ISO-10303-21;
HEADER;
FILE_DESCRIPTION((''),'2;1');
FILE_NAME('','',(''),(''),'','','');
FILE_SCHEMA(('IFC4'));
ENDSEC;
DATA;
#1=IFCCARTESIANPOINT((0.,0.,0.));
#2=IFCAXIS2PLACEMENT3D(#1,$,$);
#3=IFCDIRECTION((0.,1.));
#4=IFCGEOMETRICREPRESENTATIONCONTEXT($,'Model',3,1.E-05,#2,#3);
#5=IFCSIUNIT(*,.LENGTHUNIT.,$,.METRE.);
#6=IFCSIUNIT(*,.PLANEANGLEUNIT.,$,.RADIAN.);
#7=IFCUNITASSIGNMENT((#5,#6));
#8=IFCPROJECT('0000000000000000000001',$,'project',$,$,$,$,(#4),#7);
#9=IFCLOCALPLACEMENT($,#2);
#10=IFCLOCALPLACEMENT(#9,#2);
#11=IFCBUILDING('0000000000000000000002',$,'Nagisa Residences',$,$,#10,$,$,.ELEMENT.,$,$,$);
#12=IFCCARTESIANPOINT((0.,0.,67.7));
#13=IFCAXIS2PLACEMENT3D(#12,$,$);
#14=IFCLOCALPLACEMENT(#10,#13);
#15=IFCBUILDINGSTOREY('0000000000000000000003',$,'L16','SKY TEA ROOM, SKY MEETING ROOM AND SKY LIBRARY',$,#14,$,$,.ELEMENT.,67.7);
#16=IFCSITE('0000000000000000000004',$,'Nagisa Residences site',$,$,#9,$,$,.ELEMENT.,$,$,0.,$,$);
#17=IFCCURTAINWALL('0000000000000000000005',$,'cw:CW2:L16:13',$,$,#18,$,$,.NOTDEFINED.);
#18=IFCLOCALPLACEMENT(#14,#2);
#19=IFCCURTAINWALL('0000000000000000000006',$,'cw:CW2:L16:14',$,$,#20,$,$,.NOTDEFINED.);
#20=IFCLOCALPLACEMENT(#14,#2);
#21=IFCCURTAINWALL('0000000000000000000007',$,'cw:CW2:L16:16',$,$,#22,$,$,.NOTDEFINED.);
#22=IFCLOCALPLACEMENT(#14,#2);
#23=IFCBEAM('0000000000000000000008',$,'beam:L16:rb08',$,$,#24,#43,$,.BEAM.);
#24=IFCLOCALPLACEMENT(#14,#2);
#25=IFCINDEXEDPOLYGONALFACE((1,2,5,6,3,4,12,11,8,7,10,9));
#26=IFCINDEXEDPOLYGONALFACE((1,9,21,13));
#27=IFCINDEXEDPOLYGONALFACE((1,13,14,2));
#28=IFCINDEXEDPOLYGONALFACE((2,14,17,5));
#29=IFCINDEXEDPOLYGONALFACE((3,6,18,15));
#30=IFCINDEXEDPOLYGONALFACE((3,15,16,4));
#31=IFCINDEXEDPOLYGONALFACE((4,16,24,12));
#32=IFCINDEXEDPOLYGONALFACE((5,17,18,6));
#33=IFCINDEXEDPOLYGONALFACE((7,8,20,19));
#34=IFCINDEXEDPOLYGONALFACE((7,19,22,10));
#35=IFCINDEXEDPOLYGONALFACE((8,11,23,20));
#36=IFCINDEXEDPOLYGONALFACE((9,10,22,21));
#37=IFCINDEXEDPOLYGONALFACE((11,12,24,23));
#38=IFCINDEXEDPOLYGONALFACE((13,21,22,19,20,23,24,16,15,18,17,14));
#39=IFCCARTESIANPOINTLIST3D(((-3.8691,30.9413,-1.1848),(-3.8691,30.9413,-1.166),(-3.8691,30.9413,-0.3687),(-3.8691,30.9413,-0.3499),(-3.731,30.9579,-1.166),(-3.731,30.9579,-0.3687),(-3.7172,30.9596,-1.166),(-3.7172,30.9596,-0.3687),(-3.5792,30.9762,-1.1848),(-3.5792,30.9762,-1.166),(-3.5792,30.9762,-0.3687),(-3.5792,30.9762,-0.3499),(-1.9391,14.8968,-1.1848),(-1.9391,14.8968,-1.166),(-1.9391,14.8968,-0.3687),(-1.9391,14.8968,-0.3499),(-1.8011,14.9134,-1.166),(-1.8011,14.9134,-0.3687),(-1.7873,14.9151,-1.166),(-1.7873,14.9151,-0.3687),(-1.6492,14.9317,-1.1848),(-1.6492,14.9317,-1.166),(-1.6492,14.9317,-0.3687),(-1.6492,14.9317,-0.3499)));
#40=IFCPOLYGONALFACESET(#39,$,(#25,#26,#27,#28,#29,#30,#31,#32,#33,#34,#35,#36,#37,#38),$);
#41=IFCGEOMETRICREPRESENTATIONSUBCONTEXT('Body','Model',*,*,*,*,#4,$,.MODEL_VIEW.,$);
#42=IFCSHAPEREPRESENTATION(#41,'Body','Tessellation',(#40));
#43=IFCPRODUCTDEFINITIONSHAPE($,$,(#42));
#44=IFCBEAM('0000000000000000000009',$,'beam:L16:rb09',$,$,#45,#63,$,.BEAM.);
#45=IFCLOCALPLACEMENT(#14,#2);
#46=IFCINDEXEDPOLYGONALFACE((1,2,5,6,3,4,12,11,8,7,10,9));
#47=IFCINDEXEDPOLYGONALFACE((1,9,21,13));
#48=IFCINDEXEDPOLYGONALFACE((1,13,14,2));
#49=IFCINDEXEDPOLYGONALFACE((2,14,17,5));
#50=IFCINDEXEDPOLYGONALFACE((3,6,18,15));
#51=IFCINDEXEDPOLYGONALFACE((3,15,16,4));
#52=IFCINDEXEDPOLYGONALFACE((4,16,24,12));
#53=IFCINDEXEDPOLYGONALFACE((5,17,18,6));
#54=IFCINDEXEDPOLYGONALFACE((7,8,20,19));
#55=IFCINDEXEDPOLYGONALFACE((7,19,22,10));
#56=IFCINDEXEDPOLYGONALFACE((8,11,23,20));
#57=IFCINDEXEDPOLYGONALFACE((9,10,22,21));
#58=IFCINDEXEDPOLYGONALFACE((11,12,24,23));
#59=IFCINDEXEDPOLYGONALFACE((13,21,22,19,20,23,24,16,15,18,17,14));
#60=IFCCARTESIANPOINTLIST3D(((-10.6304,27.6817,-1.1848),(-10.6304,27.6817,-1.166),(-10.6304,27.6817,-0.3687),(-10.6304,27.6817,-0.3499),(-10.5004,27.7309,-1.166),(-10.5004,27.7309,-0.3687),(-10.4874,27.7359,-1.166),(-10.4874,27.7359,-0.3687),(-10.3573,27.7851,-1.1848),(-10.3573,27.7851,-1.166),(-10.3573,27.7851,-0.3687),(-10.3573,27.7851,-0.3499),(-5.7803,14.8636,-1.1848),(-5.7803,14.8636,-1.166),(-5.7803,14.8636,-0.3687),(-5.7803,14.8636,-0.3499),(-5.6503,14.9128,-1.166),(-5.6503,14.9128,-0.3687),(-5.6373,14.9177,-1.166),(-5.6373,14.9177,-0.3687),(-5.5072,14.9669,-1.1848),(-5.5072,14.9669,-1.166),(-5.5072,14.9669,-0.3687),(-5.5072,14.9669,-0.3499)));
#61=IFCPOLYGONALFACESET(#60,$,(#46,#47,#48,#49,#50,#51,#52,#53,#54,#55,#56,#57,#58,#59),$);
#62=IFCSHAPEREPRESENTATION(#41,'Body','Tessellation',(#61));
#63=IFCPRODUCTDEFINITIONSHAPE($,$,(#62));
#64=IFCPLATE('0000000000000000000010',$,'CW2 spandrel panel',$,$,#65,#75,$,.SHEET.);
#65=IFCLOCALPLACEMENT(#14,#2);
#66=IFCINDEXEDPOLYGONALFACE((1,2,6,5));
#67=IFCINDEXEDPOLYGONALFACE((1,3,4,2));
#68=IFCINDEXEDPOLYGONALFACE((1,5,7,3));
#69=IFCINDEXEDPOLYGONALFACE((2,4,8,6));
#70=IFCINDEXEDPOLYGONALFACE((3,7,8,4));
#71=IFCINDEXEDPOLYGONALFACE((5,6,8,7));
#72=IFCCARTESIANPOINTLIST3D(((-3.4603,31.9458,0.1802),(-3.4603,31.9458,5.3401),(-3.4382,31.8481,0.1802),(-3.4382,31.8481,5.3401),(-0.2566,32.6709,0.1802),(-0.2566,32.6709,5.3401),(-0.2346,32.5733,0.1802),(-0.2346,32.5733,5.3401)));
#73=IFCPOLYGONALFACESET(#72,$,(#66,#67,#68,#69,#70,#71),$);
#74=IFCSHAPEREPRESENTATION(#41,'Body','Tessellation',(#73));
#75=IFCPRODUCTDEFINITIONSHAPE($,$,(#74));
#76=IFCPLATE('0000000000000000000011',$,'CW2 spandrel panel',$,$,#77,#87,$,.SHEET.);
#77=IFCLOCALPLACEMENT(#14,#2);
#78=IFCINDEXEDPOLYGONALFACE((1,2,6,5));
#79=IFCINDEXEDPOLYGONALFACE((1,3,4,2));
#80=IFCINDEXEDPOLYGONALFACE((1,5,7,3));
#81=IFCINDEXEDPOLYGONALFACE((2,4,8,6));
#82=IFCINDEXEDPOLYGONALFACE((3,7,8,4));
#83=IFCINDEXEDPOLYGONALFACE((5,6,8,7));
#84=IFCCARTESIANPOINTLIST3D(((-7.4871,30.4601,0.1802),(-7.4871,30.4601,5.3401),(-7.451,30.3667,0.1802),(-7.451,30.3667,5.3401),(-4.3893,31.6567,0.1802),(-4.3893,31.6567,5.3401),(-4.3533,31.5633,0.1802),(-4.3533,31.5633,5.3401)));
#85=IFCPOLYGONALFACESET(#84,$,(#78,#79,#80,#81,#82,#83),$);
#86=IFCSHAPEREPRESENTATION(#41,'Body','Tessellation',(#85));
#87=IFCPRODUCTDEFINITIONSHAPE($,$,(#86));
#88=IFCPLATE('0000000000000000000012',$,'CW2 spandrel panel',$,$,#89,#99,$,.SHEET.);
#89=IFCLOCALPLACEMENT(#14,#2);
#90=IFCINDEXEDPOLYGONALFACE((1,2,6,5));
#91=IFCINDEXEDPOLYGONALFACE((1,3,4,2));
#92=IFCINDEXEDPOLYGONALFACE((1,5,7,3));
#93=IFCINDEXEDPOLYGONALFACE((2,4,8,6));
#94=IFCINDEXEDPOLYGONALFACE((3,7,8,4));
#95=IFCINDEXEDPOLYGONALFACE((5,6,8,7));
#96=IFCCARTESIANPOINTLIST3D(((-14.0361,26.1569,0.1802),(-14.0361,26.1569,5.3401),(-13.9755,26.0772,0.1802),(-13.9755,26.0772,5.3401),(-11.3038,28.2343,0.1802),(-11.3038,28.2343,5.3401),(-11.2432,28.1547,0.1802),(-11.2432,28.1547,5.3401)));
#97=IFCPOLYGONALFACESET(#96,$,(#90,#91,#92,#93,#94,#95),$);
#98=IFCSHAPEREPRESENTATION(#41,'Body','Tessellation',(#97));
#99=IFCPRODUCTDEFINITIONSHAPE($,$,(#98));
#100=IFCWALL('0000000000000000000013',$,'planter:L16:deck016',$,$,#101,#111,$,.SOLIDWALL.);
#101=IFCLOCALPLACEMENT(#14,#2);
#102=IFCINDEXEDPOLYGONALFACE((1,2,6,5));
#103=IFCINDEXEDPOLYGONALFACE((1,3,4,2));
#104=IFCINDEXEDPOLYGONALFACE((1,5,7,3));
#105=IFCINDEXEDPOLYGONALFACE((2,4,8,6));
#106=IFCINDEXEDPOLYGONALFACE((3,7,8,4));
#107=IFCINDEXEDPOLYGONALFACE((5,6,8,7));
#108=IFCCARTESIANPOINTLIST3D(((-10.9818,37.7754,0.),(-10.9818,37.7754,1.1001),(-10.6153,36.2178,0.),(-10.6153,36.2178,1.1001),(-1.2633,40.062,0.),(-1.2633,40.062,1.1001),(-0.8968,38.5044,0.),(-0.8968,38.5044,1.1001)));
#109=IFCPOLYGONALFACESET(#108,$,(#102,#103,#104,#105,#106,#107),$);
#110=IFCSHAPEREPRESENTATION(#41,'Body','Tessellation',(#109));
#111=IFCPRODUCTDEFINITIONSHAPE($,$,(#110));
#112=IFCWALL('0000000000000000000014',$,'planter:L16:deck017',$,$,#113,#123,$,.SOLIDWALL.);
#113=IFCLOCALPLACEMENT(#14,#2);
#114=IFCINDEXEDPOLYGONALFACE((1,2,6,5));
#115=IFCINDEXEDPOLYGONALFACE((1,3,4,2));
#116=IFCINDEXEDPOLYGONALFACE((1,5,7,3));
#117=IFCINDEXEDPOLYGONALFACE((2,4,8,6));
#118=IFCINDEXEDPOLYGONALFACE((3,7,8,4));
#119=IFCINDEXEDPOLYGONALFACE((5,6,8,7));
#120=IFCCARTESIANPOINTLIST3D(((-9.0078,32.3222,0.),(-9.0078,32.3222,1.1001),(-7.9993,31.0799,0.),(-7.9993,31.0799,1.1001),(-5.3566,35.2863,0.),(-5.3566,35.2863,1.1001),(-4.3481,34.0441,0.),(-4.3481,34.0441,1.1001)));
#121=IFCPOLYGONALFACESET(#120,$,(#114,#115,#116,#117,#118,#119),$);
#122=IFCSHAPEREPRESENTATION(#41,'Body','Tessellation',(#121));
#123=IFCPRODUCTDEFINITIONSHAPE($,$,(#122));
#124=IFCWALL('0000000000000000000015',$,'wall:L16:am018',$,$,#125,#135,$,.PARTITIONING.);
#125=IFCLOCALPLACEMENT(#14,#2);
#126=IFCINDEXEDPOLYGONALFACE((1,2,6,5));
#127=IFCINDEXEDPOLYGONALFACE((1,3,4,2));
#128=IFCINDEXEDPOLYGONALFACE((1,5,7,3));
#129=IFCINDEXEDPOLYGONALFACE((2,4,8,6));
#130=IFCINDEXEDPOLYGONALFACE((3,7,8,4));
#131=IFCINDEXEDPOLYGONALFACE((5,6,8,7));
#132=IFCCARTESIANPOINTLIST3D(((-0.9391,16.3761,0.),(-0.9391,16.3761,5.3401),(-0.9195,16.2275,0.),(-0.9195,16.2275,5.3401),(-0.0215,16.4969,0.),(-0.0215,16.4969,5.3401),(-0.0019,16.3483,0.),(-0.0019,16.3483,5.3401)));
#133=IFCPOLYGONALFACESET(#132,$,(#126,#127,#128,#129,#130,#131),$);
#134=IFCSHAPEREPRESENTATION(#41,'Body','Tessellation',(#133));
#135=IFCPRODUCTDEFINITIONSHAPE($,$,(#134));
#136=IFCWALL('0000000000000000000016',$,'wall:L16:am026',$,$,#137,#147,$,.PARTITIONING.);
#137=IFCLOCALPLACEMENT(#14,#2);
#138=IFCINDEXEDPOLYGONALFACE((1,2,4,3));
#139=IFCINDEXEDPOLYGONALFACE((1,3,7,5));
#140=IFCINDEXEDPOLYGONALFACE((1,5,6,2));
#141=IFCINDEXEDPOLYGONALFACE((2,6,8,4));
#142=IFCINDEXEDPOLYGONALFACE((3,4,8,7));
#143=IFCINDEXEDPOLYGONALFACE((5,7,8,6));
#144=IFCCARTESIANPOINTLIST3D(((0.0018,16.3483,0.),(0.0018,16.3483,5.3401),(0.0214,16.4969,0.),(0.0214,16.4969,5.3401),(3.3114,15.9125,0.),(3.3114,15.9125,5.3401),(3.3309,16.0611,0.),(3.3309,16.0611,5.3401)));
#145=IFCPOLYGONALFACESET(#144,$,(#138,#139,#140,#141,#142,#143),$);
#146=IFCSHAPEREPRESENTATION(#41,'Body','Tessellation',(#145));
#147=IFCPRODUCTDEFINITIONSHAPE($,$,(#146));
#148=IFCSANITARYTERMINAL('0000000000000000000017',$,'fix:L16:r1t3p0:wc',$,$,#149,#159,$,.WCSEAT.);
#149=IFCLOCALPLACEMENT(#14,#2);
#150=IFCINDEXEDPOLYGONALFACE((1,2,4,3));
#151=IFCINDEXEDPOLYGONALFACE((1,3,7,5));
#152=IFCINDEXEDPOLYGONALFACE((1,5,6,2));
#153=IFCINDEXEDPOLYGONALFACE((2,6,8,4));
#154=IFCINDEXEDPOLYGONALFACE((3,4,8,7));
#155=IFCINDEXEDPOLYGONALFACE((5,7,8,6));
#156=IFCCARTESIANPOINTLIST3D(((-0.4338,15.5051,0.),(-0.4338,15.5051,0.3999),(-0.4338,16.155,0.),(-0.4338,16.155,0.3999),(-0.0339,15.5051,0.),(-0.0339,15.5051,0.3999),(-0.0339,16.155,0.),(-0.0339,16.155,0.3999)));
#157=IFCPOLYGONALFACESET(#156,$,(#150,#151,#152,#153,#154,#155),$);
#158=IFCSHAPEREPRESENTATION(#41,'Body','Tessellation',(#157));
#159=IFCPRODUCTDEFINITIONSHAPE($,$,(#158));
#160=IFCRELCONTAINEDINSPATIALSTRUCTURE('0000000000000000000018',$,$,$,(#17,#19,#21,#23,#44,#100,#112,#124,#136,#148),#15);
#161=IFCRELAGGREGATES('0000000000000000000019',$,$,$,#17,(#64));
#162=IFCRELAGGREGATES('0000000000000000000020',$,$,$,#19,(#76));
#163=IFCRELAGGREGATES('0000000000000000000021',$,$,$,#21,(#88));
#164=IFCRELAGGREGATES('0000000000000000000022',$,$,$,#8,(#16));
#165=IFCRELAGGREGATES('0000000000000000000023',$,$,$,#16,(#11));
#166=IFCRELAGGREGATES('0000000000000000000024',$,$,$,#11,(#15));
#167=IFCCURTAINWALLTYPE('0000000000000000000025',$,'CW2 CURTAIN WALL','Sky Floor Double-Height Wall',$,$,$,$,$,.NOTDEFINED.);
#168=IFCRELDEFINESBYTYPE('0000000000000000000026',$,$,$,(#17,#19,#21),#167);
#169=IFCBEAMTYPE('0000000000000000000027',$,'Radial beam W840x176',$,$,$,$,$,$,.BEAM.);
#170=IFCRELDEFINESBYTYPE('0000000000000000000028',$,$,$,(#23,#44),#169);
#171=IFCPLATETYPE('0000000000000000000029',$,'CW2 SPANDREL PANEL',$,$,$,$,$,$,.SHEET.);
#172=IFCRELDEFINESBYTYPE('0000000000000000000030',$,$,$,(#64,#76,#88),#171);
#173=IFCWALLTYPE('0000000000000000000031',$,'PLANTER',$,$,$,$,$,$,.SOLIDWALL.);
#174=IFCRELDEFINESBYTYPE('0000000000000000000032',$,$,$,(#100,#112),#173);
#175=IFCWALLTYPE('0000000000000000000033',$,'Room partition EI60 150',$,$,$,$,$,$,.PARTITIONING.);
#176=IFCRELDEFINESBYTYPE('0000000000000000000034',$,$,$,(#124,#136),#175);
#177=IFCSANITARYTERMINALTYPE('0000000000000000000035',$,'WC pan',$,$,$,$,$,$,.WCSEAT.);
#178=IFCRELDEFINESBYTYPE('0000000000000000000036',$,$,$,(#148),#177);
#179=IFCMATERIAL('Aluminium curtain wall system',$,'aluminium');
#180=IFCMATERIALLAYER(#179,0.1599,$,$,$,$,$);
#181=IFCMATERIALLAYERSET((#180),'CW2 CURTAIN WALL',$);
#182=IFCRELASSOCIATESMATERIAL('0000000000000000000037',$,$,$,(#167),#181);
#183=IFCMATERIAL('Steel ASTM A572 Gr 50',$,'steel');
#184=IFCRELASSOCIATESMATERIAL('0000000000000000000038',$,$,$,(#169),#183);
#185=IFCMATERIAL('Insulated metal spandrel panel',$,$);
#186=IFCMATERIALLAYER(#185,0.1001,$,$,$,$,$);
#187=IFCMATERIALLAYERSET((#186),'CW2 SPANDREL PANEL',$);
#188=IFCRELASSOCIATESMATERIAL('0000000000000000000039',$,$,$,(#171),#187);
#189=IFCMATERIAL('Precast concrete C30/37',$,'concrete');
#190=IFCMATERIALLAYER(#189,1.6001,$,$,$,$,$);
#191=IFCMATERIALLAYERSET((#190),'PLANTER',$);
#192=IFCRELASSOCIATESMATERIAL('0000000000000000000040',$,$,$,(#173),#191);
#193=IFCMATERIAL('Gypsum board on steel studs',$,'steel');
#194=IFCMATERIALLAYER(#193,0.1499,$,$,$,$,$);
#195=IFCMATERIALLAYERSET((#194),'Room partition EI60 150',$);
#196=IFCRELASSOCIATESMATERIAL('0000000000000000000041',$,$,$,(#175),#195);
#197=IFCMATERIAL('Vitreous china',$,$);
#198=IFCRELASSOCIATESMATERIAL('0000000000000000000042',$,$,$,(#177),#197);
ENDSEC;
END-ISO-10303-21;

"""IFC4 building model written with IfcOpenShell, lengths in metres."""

from ifc_helpers import new_model, si_unit, direction, frame, frame_2d, origin, origin_2d, place, context, subcontext, project, spatial, rectangle, i_section, extrude, material, layer, layer_set, material_profile, profile_set, type_object, element, aggregate, save


model = new_model("IFC4")

# Units and contexts
model_context = context("Model", 3, precision=1e-05, world=origin(), true_north=direction((0.0, 1.0)))
body_context = subcontext(model_context, "Body", "Model", "MODEL_VIEW")
ifc_project = project(units=[si_unit("LENGTHUNIT", "METRE"), si_unit("PLANEANGLEUNIT", "RADIAN")], contexts=[model_context])

# Site, building, storey
site_placement = place(None, origin())
site = spatial("IfcSite", under=ifc_project, at=site_placement, Name="Nagisa Residences site", CompositionType="ELEMENT", RefElevation=0.0)
building_placement = place(site_placement, origin())
building = spatial("IfcBuilding", under=site, at=building_placement, Name="Nagisa Residences", CompositionType="ELEMENT")
storey_placement = place(building_placement, frame((0.0, 0.0, 67.7)))
storey = spatial("IfcBuildingStorey", under=building, at=storey_placement, Name="L16", Description="SKY TEA ROOM, SKY MEETING ROOM AND SKY LIBRARY", CompositionType="ELEMENT", Elevation=67.7)

# Curtain walls
ifc_material_1 = material(Name="Aluminium curtain wall system", Category="aluminium")
ifc_layer_1 = layer(ifc_material_1, 0.1599)
ifc_layer_set_1 = layer_set([ifc_layer_1], Name="CW2 CURTAIN WALL")
curtain_wall_type = type_object("IfcCurtainWallType", Name="CW2 CURTAIN WALL", Description="Sky Floor Double-Height Wall", PredefinedType="NOTDEFINED", material=ifc_layer_set_1)
curtain_wall_1_placement = place(storey_placement, origin())
curtain_wall_1 = element("IfcCurtainWall", 1, at=curtain_wall_1_placement, inside=storey, type_object=curtain_wall_type, Name="cw:CW2:L16:13", PredefinedType="NOTDEFINED")
curtain_wall_2_placement = place(storey_placement, origin())
curtain_wall_2 = element("IfcCurtainWall", 2, at=curtain_wall_2_placement, inside=storey, type_object=curtain_wall_type, Name="cw:CW2:L16:14", PredefinedType="NOTDEFINED")
curtain_wall_3_placement = place(storey_placement, origin())
curtain_wall_3 = element("IfcCurtainWall", 3, at=curtain_wall_3_placement, inside=storey, type_object=curtain_wall_type, Name="cw:CW2:L16:16", PredefinedType="NOTDEFINED")

# Beams
ifc_material_2 = material(Name="Steel ASTM A572 Gr 50", Category="steel")
ifc_material_profile_1 = material_profile(ifc_material_2, i_section(OverallWidth=0.292, OverallDepth=0.835, WebThickness=0.0139, FlangeThickness=0.0188, at=origin_2d()), Name="W840x176")
ifc_profile_set_1 = profile_set([ifc_material_profile_1], Name="Steel ASTM A572 Gr 50")
beam_type_1 = type_object("IfcBeamType", Name="Radial beam W840x176", PredefinedType="BEAM", material=ifc_profile_set_1)
beam_1_placement = place(storey_placement, frame((-3.7241, 30.9587, -0.7673), z_axis=(0.119426, -0.992843, 0.0), x_axis=(0.992843, 0.119426, 0.0)))
element("IfcBeam", 4, at=beam_1_placement, inside=storey, type_object=beam_type_1, Name="beam:L16:rb08", PredefinedType="BEAM", context=body_context, shape_type="SweptSolid", body=[
    extrude(i_section(OverallWidth=0.292, OverallDepth=0.835, WebThickness=0.0139, FlangeThickness=0.0188, at=origin_2d()), origin(), (0.0, 0.0, 1.0), 16.1602),
])
beam_2_placement = place(storey_placement, frame((-10.4939, 27.7334, -0.7673), z_axis=(0.353892, -0.935286, 0.0), x_axis=(0.935286, 0.353892, 0.0)))
element("IfcBeam", 5, at=beam_2_placement, inside=storey, type_object=beam_type_1, Name="beam:L16:rb09", PredefinedType="BEAM", context=body_context, shape_type="SweptSolid", body=[
    extrude(i_section(OverallWidth=0.292, OverallDepth=0.835, WebThickness=0.0139, FlangeThickness=0.0188, at=origin_2d()), origin(), (0.0, 0.0, 1.0), 13.7051),
])

# Plates
ifc_material_3 = material(Name="Insulated metal spandrel panel")
ifc_layer_2 = layer(ifc_material_3, 0.1001)
ifc_layer_set_2 = layer_set([ifc_layer_2], Name="CW2 SPANDREL PANEL")
plate_type = type_object("IfcPlateType", Name="CW2 SPANDREL PANEL", PredefinedType="SHEET", material=ifc_layer_set_2)
plate_1_placement = place(storey_placement, frame((-1.8474, 32.2595, 0.1802), z_axis=(0.0, 0.0, 1.0), x_axis=(-0.975327, -0.220764, 0.0)))
plate_1 = element("IfcPlate", 6, at=plate_1_placement, type_object=plate_type, Name="CW2 spandrel panel", PredefinedType="SHEET", context=body_context, shape_type="SweptSolid", body=[
    extrude(rectangle(XDim=3.2847, YDim=0.1001, at=origin_2d()), origin(), (0.0, 0.0, 1.0), 5.1599),
])
aggregate(curtain_wall_1, [plate_1])
plate_2_placement = place(storey_placement, frame((-5.9202, 31.0117, 0.1802), z_axis=(0.0, 0.0, 1.0), x_axis=(-0.932826, -0.360328, 0.0)))
plate_2 = element("IfcPlate", 7, at=plate_2_placement, type_object=plate_type, Name="CW2 spandrel panel", PredefinedType="SHEET", context=body_context, shape_type="SweptSolid", body=[
    extrude(rectangle(XDim=3.3208, YDim=0.1001, at=origin_2d()), origin(), (0.0, 0.0, 1.0), 5.1599),
])
aggregate(curtain_wall_2, [plate_2])
plate_3_placement = place(storey_placement, frame((-12.6396, 27.1558, 0.1802), z_axis=(0.0, 0.0, 1.0), x_axis=(-0.796031, -0.605255, 0.0)))
plate_3 = element("IfcPlate", 8, at=plate_3_placement, type_object=plate_type, Name="CW2 spandrel panel", PredefinedType="SHEET", context=body_context, shape_type="SweptSolid", body=[
    extrude(rectangle(XDim=3.4324, YDim=0.1001, at=origin_2d()), origin(), (0.0, 0.0, 1.0), 5.1599),
])
aggregate(curtain_wall_3, [plate_3])

# Walls
ifc_material_4 = material(Name="Precast concrete C30/37", Category="concrete")
ifc_layer_3 = layer(ifc_material_4, 1.6001)
ifc_layer_set_3 = layer_set([ifc_layer_3], Name="PLANTER")
wall_type_1 = type_object("IfcWallType", Name="PLANTER", PredefinedType="SOLIDWALL", material=ifc_layer_set_3)
wall_1_placement = place(storey_placement, frame((-10.7986, 36.9966, 0.0), z_axis=(0.0, 0.0, 1.0), x_axis=(0.973419, 0.229031, 0.0)))
element("IfcWall", 9, at=wall_1_placement, inside=storey, type_object=wall_type_1, Name="planter:L16:deck016", PredefinedType="SOLIDWALL", context=body_context, shape_type="SweptSolid", body=[
    extrude(rectangle(XDim=9.9839, YDim=1.6001, at=frame_2d((4.9919, 0.0))), origin(), (0.0, 0.0, 1.0), 1.1001),
])
wall_2_placement = place(storey_placement, frame((-4.8523, 34.6653, 0.0), z_axis=(0.0, 0.0, 1.0), x_axis=(-0.776366, -0.630282, 0.0)))
element("IfcWall", 10, at=wall_2_placement, inside=storey, type_object=wall_type_1, Name="planter:L16:deck017", PredefinedType="SOLIDWALL", context=body_context, shape_type="SweptSolid", body=[
    extrude(rectangle(XDim=4.7029, YDim=1.6001, at=frame_2d((2.3516, 0.0))), origin(), (0.0, 0.0, 1.0), 1.1001),
])
ifc_material_5 = material(Name="Gypsum board on steel studs", Category="steel")
ifc_layer_4 = layer(ifc_material_5, 0.1499)
ifc_layer_set_4 = layer_set([ifc_layer_4], Name="Room partition EI60 150")
wall_type_2 = type_object("IfcWallType", Name="Room partition EI60 150", PredefinedType="PARTITIONING", material=ifc_layer_set_4)
wall_3_placement = place(storey_placement, frame((-0.9294, 16.3018, 0.0), z_axis=(0.0, 0.0, 1.0), x_axis=(0.991441, 0.130557, 0.0)))
element("IfcWall", 11, at=wall_3_placement, inside=storey, type_object=wall_type_2, Name="wall:L16:am018", PredefinedType="PARTITIONING", context=body_context, shape_type="SweptSolid", body=[
    extrude(rectangle(XDim=0.9255, YDim=0.1499, at=frame_2d((0.4629, 0.0))), origin(), (0.0, 0.0, 1.0), 5.3401),
])
wall_4_placement = place(storey_placement, frame((0.0117, 16.4226, 0.0), z_axis=(0.0, 0.0, 1.0), x_axis=(0.991442, -0.130549, 0.0)))
element("IfcWall", 12, at=wall_4_placement, inside=storey, type_object=wall_type_2, Name="wall:L16:am026", PredefinedType="PARTITIONING", context=body_context, shape_type="SweptSolid", body=[
    extrude(rectangle(XDim=3.3381, YDim=0.1499, at=frame_2d((1.6689, 0.0))), origin(), (0.0, 0.0, 1.0), 5.3401),
])

# Sanitary terminal
ifc_material_6 = material(Name="Vitreous china")
sanitary_terminal_type = type_object("IfcSanitaryTerminalType", Name="WC pan", PredefinedType="WCSEAT", material=ifc_material_6)
sanitary_terminal_placement = place(storey_placement, frame((-0.2339, 15.8301, 0.0), z_axis=(0.0, 0.0, 1.0), x_axis=(1.0, 0.0, 0.0)))
element("IfcSanitaryTerminal", 13, at=sanitary_terminal_placement, inside=storey, type_object=sanitary_terminal_type, Name="fix:L16:r1t3p0:wc", PredefinedType="WCSEAT", context=body_context, shape_type="SweptSolid", body=[
    extrude(rectangle(XDim=0.3999, YDim=0.6499, at=origin_2d()), origin(), (0.0, 0.0, 1.0), 0.3999),
])

save(model, "model.ifc")
